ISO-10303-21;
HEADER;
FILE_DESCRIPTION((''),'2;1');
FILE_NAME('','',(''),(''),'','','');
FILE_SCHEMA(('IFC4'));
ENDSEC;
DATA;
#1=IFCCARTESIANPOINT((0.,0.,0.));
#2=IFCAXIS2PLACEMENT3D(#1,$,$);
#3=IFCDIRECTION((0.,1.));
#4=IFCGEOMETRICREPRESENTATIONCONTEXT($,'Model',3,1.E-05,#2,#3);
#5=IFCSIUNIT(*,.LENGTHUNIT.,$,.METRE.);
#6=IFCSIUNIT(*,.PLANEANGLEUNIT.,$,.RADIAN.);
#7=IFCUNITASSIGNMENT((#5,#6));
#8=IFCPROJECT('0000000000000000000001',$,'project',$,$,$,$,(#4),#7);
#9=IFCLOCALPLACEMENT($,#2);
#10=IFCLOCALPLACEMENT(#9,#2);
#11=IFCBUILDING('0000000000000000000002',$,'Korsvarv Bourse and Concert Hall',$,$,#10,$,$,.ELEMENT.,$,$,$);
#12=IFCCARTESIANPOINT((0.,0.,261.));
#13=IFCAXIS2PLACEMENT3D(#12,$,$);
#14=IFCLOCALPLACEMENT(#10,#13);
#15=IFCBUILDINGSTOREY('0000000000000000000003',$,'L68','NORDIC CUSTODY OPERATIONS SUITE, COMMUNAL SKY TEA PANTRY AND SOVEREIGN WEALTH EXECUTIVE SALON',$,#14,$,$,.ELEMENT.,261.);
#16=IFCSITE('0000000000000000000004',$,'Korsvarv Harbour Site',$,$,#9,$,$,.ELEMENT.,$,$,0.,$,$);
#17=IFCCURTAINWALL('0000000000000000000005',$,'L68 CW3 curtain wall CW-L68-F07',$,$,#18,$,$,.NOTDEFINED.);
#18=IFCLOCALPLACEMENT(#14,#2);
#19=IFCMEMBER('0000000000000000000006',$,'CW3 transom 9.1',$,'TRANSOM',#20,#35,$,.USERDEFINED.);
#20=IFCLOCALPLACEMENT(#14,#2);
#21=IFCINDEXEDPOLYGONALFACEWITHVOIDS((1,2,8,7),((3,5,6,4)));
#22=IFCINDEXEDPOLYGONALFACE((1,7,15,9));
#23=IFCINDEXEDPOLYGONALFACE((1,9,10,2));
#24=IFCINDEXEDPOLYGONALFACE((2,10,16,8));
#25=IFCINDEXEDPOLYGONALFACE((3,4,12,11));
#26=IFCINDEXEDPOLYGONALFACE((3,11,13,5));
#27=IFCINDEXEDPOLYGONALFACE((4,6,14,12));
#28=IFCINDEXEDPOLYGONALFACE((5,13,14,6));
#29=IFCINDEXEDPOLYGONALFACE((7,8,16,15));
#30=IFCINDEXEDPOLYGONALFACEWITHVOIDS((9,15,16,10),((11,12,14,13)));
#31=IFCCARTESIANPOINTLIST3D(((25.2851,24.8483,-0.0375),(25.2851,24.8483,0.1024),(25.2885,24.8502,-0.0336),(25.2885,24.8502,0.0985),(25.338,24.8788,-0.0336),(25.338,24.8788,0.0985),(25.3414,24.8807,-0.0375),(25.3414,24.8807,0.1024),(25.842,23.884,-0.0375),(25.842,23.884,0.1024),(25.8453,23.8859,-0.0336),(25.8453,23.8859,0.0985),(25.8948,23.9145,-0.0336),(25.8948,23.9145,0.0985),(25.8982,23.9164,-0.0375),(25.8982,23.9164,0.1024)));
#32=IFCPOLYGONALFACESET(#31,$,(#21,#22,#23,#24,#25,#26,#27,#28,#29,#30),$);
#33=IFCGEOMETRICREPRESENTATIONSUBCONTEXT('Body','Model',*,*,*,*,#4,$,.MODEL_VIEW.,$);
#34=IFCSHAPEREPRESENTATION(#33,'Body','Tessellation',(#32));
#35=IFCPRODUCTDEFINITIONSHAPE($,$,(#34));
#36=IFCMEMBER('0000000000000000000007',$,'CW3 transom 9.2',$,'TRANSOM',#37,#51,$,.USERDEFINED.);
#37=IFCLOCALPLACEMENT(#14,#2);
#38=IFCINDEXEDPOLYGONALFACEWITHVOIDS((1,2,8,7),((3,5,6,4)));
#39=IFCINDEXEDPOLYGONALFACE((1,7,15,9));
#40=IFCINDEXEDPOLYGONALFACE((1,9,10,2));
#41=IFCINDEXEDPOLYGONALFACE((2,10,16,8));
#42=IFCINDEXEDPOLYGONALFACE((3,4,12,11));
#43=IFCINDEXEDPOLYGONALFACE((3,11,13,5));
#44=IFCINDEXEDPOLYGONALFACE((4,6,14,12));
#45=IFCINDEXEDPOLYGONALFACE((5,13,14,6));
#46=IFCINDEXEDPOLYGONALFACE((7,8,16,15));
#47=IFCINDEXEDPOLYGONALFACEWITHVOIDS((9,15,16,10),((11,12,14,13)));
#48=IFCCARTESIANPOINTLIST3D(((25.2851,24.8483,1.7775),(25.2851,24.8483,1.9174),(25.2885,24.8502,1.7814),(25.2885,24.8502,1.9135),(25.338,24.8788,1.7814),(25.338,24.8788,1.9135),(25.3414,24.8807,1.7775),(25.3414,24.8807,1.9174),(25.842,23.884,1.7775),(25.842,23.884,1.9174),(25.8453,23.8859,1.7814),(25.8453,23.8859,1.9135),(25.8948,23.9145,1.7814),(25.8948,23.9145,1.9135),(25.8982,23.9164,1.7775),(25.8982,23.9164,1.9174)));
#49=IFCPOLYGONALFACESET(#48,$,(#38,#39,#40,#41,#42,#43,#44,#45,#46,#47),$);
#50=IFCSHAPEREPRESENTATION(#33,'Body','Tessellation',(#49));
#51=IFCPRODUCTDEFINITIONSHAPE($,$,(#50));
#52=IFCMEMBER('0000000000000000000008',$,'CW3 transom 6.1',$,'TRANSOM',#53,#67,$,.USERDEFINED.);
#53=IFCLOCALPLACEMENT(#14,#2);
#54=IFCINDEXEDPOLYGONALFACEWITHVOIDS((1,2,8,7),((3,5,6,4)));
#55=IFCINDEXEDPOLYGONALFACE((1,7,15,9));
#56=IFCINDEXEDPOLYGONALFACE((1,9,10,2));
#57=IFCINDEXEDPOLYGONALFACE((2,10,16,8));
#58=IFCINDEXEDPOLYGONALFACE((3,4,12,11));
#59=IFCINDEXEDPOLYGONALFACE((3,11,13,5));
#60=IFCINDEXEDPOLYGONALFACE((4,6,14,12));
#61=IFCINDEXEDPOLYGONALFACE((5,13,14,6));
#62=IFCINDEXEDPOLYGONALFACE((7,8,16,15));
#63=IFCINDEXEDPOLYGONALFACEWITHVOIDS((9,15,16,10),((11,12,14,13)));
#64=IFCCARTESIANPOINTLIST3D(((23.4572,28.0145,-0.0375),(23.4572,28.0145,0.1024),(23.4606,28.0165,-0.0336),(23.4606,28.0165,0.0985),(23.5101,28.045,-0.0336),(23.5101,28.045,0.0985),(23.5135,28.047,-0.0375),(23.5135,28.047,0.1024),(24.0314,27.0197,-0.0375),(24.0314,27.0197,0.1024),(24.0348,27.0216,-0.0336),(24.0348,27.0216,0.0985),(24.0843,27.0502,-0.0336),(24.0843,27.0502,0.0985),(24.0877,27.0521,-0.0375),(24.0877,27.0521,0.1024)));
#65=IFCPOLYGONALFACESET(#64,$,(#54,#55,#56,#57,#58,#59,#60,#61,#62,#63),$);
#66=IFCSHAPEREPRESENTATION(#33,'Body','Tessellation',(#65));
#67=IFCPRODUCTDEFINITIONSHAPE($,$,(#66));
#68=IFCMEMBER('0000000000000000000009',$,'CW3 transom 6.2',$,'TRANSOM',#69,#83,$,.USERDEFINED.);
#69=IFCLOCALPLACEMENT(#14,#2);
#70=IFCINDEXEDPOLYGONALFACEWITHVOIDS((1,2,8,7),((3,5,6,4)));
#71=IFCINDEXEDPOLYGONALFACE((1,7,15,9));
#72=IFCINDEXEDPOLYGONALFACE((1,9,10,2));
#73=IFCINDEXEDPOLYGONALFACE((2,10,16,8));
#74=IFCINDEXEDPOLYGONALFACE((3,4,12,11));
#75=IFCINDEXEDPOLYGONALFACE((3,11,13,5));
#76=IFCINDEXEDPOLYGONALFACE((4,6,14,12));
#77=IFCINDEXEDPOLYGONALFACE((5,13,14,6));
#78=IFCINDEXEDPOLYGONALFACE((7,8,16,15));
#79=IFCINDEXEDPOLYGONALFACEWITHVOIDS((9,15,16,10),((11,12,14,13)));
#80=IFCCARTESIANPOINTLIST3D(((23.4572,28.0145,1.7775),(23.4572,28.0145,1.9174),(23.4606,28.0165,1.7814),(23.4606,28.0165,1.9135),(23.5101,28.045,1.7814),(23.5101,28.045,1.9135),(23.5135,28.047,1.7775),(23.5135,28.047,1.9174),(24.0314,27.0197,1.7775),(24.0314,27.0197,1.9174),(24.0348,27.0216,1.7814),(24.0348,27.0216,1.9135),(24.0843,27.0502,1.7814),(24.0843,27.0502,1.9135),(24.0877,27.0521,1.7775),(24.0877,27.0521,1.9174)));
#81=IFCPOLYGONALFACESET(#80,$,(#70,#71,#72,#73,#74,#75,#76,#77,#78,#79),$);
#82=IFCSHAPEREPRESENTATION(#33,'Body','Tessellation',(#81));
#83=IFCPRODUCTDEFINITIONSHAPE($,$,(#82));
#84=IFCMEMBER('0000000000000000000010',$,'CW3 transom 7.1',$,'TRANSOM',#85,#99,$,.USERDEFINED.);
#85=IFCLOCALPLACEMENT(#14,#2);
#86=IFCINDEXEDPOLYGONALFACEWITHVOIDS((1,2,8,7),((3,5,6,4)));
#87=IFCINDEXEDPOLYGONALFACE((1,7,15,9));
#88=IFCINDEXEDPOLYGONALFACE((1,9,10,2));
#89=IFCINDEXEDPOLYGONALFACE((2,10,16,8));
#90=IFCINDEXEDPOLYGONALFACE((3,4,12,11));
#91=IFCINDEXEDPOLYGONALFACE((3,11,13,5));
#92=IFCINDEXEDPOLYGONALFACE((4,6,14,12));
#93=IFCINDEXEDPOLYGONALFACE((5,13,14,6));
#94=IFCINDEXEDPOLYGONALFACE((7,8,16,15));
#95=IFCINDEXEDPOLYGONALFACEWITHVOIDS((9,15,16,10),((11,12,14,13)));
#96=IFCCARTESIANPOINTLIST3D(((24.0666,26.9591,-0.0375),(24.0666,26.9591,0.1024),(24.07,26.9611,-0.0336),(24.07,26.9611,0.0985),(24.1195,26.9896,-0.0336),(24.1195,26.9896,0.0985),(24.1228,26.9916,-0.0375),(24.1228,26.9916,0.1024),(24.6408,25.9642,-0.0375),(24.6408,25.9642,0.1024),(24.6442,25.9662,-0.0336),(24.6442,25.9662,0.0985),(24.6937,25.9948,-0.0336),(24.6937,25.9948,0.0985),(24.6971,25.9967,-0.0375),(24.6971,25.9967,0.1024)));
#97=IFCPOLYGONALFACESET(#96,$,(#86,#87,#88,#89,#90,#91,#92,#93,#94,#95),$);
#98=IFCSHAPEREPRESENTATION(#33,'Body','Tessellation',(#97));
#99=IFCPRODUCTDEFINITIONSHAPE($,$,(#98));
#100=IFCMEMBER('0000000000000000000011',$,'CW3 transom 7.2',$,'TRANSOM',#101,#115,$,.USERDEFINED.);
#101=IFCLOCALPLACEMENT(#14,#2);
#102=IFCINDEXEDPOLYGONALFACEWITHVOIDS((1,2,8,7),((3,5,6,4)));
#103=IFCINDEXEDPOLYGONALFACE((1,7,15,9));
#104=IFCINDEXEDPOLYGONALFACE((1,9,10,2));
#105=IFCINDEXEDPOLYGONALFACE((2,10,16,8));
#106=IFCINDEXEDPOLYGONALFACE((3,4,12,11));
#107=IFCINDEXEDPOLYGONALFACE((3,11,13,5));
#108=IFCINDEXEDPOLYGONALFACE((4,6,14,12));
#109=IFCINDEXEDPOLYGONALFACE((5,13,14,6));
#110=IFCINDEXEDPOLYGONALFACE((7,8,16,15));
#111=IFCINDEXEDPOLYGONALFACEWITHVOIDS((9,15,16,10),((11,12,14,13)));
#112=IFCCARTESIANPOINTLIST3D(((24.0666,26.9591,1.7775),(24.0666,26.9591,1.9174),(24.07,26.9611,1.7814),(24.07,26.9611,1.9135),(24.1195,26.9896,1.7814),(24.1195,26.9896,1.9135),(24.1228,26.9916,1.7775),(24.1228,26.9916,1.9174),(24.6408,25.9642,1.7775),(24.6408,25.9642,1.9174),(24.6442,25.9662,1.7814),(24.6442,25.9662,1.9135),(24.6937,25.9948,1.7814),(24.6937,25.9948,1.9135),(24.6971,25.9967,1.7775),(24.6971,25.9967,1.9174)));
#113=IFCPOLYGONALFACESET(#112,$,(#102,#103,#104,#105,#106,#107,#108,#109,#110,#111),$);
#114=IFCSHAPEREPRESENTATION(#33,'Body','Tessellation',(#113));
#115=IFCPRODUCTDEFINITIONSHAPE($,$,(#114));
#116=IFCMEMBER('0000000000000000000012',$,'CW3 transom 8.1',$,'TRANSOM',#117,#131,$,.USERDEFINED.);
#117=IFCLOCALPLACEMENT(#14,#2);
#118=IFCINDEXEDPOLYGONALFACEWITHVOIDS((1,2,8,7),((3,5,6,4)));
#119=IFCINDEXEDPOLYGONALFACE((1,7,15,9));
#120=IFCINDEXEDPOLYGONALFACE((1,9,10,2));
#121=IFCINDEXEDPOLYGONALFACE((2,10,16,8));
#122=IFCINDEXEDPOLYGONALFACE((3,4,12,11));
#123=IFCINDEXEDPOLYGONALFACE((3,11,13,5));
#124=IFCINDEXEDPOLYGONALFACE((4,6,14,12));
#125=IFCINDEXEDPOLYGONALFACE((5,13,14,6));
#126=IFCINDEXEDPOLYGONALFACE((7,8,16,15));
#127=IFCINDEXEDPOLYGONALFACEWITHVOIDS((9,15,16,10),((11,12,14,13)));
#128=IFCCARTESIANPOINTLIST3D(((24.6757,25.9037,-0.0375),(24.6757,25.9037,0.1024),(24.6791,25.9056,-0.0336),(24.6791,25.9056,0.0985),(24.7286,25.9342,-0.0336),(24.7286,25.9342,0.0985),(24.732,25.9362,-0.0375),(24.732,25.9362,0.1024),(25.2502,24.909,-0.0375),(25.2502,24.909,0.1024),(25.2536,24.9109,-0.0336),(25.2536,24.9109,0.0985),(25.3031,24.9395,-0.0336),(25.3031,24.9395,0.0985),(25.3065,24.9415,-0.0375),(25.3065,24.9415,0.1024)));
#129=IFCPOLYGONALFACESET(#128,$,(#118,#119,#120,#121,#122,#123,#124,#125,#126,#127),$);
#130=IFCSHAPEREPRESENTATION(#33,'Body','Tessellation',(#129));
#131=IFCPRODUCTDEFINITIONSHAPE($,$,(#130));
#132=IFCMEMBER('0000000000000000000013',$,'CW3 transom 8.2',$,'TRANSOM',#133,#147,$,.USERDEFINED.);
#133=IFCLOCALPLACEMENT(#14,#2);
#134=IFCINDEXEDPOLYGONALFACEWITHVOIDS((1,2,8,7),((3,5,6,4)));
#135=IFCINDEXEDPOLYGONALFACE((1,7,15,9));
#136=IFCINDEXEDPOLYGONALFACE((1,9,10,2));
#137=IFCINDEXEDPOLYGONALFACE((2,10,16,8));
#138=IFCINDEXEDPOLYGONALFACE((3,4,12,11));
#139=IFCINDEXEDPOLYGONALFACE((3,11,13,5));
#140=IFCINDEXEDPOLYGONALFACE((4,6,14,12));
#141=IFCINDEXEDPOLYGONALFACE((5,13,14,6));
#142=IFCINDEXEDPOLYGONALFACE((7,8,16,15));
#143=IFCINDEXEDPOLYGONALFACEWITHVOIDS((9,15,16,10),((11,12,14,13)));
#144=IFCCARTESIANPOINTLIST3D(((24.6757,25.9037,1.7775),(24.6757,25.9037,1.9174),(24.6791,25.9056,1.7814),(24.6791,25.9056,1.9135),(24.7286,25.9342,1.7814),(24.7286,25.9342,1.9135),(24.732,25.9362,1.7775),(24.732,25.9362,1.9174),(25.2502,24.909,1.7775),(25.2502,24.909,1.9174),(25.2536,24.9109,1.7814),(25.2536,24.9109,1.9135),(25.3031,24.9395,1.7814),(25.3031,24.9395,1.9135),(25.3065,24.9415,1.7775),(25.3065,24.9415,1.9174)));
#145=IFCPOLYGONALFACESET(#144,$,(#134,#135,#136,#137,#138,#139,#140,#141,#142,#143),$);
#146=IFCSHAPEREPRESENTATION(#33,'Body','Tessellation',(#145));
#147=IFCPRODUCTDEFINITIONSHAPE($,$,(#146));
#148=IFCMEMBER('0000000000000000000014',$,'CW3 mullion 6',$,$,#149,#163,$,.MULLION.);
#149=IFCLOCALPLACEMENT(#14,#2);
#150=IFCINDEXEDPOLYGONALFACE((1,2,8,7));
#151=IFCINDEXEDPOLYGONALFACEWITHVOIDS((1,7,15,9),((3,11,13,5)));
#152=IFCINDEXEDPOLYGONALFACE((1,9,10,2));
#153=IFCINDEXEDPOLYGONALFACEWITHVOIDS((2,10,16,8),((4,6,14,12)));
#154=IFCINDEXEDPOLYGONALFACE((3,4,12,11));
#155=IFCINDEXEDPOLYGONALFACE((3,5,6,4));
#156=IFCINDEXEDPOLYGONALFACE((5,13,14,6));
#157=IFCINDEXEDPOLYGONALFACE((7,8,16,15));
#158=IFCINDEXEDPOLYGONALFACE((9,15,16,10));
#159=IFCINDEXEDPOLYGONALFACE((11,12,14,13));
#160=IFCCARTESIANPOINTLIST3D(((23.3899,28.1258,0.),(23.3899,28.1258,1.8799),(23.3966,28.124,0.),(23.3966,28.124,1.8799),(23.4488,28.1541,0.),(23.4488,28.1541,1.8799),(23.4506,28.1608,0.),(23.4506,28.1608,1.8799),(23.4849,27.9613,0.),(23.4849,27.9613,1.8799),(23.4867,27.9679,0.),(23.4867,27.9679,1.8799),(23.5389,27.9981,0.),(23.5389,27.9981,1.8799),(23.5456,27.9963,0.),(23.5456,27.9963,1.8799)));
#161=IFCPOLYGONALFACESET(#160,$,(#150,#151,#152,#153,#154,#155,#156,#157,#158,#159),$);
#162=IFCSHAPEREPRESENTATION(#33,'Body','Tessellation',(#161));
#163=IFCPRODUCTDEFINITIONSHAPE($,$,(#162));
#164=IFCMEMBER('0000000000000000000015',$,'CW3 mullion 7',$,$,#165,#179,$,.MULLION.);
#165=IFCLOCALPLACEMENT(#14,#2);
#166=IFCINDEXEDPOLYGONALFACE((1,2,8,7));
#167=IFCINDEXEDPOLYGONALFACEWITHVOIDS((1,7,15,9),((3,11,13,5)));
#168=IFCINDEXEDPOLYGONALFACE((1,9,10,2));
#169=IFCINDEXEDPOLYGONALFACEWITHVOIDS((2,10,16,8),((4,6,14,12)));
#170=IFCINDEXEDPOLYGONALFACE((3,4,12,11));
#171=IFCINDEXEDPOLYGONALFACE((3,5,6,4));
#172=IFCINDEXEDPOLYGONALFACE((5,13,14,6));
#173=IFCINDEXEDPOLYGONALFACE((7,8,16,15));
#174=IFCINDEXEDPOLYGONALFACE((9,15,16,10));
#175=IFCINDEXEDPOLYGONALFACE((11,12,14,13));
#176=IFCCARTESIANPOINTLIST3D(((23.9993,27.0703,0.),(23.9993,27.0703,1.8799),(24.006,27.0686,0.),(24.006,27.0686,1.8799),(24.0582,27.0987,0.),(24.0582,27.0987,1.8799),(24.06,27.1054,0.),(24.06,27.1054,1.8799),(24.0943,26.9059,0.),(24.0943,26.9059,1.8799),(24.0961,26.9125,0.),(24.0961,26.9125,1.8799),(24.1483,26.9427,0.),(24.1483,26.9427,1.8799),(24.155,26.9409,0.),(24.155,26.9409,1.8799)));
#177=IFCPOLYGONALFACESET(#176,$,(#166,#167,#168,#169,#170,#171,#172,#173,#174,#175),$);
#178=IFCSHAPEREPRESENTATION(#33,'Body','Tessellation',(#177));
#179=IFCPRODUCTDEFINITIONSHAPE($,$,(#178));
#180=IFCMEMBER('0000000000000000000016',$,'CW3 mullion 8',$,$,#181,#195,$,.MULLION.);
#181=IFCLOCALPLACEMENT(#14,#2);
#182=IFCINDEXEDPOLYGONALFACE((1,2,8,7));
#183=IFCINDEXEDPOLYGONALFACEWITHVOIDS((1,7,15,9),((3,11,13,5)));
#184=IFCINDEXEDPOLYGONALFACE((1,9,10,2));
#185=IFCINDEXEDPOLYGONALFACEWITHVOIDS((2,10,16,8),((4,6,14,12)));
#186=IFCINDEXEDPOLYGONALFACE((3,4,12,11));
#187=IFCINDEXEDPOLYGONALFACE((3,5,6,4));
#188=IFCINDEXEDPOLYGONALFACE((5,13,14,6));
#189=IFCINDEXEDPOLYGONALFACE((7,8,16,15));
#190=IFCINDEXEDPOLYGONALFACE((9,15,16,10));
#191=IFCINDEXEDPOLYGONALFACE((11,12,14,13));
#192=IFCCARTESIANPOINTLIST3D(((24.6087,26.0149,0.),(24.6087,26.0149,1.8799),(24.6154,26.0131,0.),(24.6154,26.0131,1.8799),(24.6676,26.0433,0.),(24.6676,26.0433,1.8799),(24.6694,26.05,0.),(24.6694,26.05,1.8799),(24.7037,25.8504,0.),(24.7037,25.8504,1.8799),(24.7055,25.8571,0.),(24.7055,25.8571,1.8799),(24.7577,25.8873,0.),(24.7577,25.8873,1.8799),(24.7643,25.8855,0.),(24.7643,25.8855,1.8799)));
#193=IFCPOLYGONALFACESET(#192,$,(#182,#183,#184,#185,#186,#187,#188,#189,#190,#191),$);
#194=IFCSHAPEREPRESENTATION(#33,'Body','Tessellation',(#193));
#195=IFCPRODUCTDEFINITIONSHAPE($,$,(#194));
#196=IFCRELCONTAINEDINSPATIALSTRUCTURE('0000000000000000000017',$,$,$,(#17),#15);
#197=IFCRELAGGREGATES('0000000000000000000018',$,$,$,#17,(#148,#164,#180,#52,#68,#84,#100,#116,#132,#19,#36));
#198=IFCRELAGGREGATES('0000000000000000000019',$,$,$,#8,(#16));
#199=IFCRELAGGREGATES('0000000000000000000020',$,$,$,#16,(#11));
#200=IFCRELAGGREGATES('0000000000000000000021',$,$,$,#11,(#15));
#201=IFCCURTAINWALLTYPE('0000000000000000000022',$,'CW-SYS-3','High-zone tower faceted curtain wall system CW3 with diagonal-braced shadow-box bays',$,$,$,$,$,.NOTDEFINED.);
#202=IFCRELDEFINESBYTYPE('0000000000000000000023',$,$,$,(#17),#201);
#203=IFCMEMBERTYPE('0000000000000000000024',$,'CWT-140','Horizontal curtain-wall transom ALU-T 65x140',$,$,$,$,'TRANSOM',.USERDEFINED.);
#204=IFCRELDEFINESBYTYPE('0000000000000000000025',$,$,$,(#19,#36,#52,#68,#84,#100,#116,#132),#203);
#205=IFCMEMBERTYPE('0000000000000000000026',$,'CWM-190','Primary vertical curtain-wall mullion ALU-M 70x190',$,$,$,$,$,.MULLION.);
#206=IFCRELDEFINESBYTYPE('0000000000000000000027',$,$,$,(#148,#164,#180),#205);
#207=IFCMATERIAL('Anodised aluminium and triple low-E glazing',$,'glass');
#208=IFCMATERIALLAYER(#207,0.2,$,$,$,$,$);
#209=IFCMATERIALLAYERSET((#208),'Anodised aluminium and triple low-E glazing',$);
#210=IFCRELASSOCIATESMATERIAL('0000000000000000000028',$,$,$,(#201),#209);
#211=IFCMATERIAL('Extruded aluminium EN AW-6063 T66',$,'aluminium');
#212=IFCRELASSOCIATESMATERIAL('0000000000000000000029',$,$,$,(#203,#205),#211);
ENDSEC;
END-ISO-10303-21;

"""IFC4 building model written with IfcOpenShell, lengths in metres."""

from ifc_helpers import new_model, si_unit, direction, frame, origin, origin_2d, place, context, subcontext, project, spatial, hollow_rectangle, extrude, source, transform, mapped, material, layer, layer_set, material_profile, profile_set, type_object, element, aggregate, save


model = new_model("IFC4")

# Units and contexts
model_context = context("Model", 3, precision=1e-05, world=origin(), true_north=direction((0.0, 1.0)))
body_context = subcontext(model_context, "Body", "Model", "MODEL_VIEW")
ifc_project = project(units=[si_unit("LENGTHUNIT", "METRE"), si_unit("PLANEANGLEUNIT", "RADIAN")], contexts=[model_context])

# Site, building, storey
site_placement = place(None, origin())
site = spatial("IfcSite", under=ifc_project, at=site_placement, Name="Korsvarv Harbour Site", CompositionType="ELEMENT", RefElevation=0.0)
building_placement = place(site_placement, origin())
building = spatial("IfcBuilding", under=site, at=building_placement, Name="Korsvarv Bourse and Concert Hall", CompositionType="ELEMENT")
storey_placement = place(building_placement, frame((0.0, 0.0, 261.0)))
storey = spatial("IfcBuildingStorey", under=building, at=storey_placement, Name="L68", Description="NORDIC CUSTODY OPERATIONS SUITE, COMMUNAL SKY TEA PANTRY AND SOVEREIGN WEALTH EXECUTIVE SALON", CompositionType="ELEMENT", Elevation=261.0)

# Curtain wall, members
ifc_material_1 = material(Name="Anodised aluminium and triple low-E glazing", Category="glass")
ifc_layer_1 = layer(ifc_material_1, 0.2)
ifc_layer_set_1 = layer_set([ifc_layer_1], Name="Anodised aluminium and triple low-E glazing")
curtain_wall_type = type_object("IfcCurtainWallType", Name="CW-SYS-3", Description="High-zone tower faceted curtain wall system CW3 with diagonal-braced shadow-box bays", PredefinedType="NOTDEFINED", material=ifc_layer_set_1)
curtain_wall_placement = place(storey_placement, origin())
curtain_wall = element("IfcCurtainWall", 1, at=curtain_wall_placement, inside=storey, type_object=curtain_wall_type, Name="L68 CW3 curtain wall CW-L68-F07", PredefinedType="NOTDEFINED")
ifc_material_2 = material(Name="Extruded aluminium EN AW-6063 T66", Category="aluminium")
ifc_material_profile_1 = material_profile(ifc_material_2, hollow_rectangle(XDim=0.0649, YDim=0.1399, WallThickness=0.0039, at=origin_2d()), Name="ALU-T 65x140")
ifc_profile_set_1 = profile_set([ifc_material_profile_1], Name="Extruded aluminium EN AW-6063 T66")
member_type_1 = type_object("IfcMemberType", Name="CWT-140", Description="Horizontal curtain-wall transom ALU-T 65x140", ElementType="TRANSOM", PredefinedType="USERDEFINED", material=ifc_profile_set_1)
shared_shape_1 = source(origin(), body_context, "Body", "SweptSolid", [
    extrude(hollow_rectangle(XDim=0.0649, YDim=0.1399, WallThickness=0.0039, at=origin_2d()), origin(), (0.0, 0.0, 1.0), 1.1135),
])
member_1_placement = place(storey_placement, frame((25.3132, 24.8645, 0.0325), z_axis=(0.500077, -0.865981, 0.0), x_axis=(0.865981, 0.500077, 0.0)))
member_1 = element("IfcMember", 2, at=member_1_placement, type_object=member_type_1, Name="CW3 transom 9.1", ObjectType="TRANSOM", PredefinedType="USERDEFINED", context=body_context, shape_type="MappedRepresentation", body=[
    mapped(shared_shape_1, transform((0.0, 0.0, 0.0), scale=1.0)),
])
member_2_placement = place(storey_placement, frame((25.3132, 24.8645, 1.8474), z_axis=(0.500077, -0.865981, 0.0), x_axis=(0.865981, 0.500077, 0.0)))
member_2 = element("IfcMember", 3, at=member_2_placement, type_object=member_type_1, Name="CW3 transom 9.2", ObjectType="TRANSOM", PredefinedType="USERDEFINED", context=body_context, shape_type="MappedRepresentation", body=[
    mapped(shared_shape_1, transform((0.0, 0.0, 0.0), scale=1.0)),
])
shared_shape_2 = source(origin(), body_context, "Body", "SweptSolid", [
    extrude(hollow_rectangle(XDim=0.0649, YDim=0.1399, WallThickness=0.0039, at=origin_2d()), origin(), (0.0, 0.0, 1.0), 1.1487),
])
member_3_placement = place(storey_placement, frame((23.4854, 28.0308, 0.0325), z_axis=(0.499888, -0.86609, 0.0), x_axis=(0.86609, 0.499888, 0.0)))
member_3 = element("IfcMember", 4, at=member_3_placement, type_object=member_type_1, Name="CW3 transom 6.1", ObjectType="TRANSOM", PredefinedType="USERDEFINED", context=body_context, shape_type="MappedRepresentation", body=[
    mapped(shared_shape_2, transform((0.0, 0.0, 0.0), scale=1.0)),
])
member_4_placement = place(storey_placement, frame((23.4854, 28.0308, 1.8474), z_axis=(0.499888, -0.86609, 0.0), x_axis=(0.86609, 0.499888, 0.0)))
member_4 = element("IfcMember", 5, at=member_4_placement, type_object=member_type_1, Name="CW3 transom 6.2", ObjectType="TRANSOM", PredefinedType="USERDEFINED", context=body_context, shape_type="MappedRepresentation", body=[
    mapped(shared_shape_2, transform((0.0, 0.0, 0.0), scale=1.0)),
])
member_5_placement = place(storey_placement, frame((24.0947, 26.9753, 0.0325), z_axis=(0.499888, -0.86609, 0.0), x_axis=(0.86609, 0.499888, 0.0)))
member_5 = element("IfcMember", 6, at=member_5_placement, type_object=member_type_1, Name="CW3 transom 7.1", ObjectType="TRANSOM", PredefinedType="USERDEFINED", context=body_context, shape_type="MappedRepresentation", body=[
    mapped(shared_shape_2, transform((0.0, 0.0, 0.0), scale=1.0)),
])
member_6_placement = place(storey_placement, frame((24.0947, 26.9753, 1.8474), z_axis=(0.499888, -0.86609, 0.0), x_axis=(0.86609, 0.499888, 0.0)))
member_6 = element("IfcMember", 7, at=member_6_placement, type_object=member_type_1, Name="CW3 transom 7.2", ObjectType="TRANSOM", PredefinedType="USERDEFINED", context=body_context, shape_type="MappedRepresentation", body=[
    mapped(shared_shape_2, transform((0.0, 0.0, 0.0), scale=1.0)),
])
member_7_placement = place(storey_placement, frame((24.7039, 25.9199, 0.0325), z_axis=(0.500139, -0.865945, 0.0), x_axis=(0.865945, 0.500139, 0.0)))
member_7 = element("IfcMember", 8, at=member_7_placement, type_object=member_type_1, Name="CW3 transom 8.1", ObjectType="TRANSOM", PredefinedType="USERDEFINED", context=body_context, shape_type="MappedRepresentation", body=[
    mapped(shared_shape_2, transform((0.0, 0.0, 0.0), scale=1.0)),
])
member_8_placement = place(storey_placement, frame((24.7039, 25.9199, 1.8474), z_axis=(0.500139, -0.865945, 0.0), x_axis=(0.865945, 0.500139, 0.0)))
member_8 = element("IfcMember", 9, at=member_8_placement, type_object=member_type_1, Name="CW3 transom 8.2", ObjectType="TRANSOM", PredefinedType="USERDEFINED", context=body_context, shape_type="MappedRepresentation", body=[
    mapped(shared_shape_2, transform((0.0, 0.0, 0.0), scale=1.0)),
])
ifc_material_profile_2 = material_profile(ifc_material_2, hollow_rectangle(XDim=0.0701, YDim=0.1899, WallThickness=0.0049, at=origin_2d()), Name="ALU-M 70x190")
ifc_profile_set_2 = profile_set([ifc_material_profile_2], Name="Extruded aluminium EN AW-6063 T66")
member_type_2 = type_object("IfcMemberType", Name="CWM-190", Description="Primary vertical curtain-wall mullion ALU-M 70x190", PredefinedType="MULLION", material=ifc_profile_set_2)
shared_shape_3 = source(origin(), body_context, "Body", "SweptSolid", [
    extrude(hollow_rectangle(XDim=0.0701, YDim=0.1899, WallThickness=0.0049, at=origin_2d()), origin(), (0.0, 0.0, 1.0), 1.8799),
])
member_9_placement = place(storey_placement, frame((23.4678, 28.061, 0.0), z_axis=(0.0, 0.0, 1.0), x_axis=(0.866023, 0.500004, 0.0)))
member_9 = element("IfcMember", 10, at=member_9_placement, type_object=member_type_2, Name="CW3 mullion 6", PredefinedType="MULLION", context=body_context, shape_type="MappedRepresentation", body=[
    mapped(shared_shape_3, transform((0.0, 0.0, 0.0), scale=1.0)),
])
member_10_placement = place(storey_placement, frame((24.0771, 27.0056, 0.0), z_axis=(0.0, 0.0, 1.0), x_axis=(0.866023, 0.500004, 0.0)))
member_10 = element("IfcMember", 11, at=member_10_placement, type_object=member_type_2, Name="CW3 mullion 7", PredefinedType="MULLION", context=body_context, shape_type="MappedRepresentation", body=[
    mapped(shared_shape_3, transform((0.0, 0.0, 0.0), scale=1.0)),
])
member_11_placement = place(storey_placement, frame((24.6865, 25.9502, 0.0), z_axis=(0.0, 0.0, 1.0), x_axis=(0.866023, 0.500004, 0.0)))
member_11 = element("IfcMember", 12, at=member_11_placement, type_object=member_type_2, Name="CW3 mullion 8", PredefinedType="MULLION", context=body_context, shape_type="MappedRepresentation", body=[
    mapped(shared_shape_3, transform((0.0, 0.0, 0.0), scale=1.0)),
])
aggregate(curtain_wall, [member_9, member_10, member_11, member_3, member_4, member_5, member_6, member_7, member_8, member_1, member_2])

save(model, "model.ifc")
